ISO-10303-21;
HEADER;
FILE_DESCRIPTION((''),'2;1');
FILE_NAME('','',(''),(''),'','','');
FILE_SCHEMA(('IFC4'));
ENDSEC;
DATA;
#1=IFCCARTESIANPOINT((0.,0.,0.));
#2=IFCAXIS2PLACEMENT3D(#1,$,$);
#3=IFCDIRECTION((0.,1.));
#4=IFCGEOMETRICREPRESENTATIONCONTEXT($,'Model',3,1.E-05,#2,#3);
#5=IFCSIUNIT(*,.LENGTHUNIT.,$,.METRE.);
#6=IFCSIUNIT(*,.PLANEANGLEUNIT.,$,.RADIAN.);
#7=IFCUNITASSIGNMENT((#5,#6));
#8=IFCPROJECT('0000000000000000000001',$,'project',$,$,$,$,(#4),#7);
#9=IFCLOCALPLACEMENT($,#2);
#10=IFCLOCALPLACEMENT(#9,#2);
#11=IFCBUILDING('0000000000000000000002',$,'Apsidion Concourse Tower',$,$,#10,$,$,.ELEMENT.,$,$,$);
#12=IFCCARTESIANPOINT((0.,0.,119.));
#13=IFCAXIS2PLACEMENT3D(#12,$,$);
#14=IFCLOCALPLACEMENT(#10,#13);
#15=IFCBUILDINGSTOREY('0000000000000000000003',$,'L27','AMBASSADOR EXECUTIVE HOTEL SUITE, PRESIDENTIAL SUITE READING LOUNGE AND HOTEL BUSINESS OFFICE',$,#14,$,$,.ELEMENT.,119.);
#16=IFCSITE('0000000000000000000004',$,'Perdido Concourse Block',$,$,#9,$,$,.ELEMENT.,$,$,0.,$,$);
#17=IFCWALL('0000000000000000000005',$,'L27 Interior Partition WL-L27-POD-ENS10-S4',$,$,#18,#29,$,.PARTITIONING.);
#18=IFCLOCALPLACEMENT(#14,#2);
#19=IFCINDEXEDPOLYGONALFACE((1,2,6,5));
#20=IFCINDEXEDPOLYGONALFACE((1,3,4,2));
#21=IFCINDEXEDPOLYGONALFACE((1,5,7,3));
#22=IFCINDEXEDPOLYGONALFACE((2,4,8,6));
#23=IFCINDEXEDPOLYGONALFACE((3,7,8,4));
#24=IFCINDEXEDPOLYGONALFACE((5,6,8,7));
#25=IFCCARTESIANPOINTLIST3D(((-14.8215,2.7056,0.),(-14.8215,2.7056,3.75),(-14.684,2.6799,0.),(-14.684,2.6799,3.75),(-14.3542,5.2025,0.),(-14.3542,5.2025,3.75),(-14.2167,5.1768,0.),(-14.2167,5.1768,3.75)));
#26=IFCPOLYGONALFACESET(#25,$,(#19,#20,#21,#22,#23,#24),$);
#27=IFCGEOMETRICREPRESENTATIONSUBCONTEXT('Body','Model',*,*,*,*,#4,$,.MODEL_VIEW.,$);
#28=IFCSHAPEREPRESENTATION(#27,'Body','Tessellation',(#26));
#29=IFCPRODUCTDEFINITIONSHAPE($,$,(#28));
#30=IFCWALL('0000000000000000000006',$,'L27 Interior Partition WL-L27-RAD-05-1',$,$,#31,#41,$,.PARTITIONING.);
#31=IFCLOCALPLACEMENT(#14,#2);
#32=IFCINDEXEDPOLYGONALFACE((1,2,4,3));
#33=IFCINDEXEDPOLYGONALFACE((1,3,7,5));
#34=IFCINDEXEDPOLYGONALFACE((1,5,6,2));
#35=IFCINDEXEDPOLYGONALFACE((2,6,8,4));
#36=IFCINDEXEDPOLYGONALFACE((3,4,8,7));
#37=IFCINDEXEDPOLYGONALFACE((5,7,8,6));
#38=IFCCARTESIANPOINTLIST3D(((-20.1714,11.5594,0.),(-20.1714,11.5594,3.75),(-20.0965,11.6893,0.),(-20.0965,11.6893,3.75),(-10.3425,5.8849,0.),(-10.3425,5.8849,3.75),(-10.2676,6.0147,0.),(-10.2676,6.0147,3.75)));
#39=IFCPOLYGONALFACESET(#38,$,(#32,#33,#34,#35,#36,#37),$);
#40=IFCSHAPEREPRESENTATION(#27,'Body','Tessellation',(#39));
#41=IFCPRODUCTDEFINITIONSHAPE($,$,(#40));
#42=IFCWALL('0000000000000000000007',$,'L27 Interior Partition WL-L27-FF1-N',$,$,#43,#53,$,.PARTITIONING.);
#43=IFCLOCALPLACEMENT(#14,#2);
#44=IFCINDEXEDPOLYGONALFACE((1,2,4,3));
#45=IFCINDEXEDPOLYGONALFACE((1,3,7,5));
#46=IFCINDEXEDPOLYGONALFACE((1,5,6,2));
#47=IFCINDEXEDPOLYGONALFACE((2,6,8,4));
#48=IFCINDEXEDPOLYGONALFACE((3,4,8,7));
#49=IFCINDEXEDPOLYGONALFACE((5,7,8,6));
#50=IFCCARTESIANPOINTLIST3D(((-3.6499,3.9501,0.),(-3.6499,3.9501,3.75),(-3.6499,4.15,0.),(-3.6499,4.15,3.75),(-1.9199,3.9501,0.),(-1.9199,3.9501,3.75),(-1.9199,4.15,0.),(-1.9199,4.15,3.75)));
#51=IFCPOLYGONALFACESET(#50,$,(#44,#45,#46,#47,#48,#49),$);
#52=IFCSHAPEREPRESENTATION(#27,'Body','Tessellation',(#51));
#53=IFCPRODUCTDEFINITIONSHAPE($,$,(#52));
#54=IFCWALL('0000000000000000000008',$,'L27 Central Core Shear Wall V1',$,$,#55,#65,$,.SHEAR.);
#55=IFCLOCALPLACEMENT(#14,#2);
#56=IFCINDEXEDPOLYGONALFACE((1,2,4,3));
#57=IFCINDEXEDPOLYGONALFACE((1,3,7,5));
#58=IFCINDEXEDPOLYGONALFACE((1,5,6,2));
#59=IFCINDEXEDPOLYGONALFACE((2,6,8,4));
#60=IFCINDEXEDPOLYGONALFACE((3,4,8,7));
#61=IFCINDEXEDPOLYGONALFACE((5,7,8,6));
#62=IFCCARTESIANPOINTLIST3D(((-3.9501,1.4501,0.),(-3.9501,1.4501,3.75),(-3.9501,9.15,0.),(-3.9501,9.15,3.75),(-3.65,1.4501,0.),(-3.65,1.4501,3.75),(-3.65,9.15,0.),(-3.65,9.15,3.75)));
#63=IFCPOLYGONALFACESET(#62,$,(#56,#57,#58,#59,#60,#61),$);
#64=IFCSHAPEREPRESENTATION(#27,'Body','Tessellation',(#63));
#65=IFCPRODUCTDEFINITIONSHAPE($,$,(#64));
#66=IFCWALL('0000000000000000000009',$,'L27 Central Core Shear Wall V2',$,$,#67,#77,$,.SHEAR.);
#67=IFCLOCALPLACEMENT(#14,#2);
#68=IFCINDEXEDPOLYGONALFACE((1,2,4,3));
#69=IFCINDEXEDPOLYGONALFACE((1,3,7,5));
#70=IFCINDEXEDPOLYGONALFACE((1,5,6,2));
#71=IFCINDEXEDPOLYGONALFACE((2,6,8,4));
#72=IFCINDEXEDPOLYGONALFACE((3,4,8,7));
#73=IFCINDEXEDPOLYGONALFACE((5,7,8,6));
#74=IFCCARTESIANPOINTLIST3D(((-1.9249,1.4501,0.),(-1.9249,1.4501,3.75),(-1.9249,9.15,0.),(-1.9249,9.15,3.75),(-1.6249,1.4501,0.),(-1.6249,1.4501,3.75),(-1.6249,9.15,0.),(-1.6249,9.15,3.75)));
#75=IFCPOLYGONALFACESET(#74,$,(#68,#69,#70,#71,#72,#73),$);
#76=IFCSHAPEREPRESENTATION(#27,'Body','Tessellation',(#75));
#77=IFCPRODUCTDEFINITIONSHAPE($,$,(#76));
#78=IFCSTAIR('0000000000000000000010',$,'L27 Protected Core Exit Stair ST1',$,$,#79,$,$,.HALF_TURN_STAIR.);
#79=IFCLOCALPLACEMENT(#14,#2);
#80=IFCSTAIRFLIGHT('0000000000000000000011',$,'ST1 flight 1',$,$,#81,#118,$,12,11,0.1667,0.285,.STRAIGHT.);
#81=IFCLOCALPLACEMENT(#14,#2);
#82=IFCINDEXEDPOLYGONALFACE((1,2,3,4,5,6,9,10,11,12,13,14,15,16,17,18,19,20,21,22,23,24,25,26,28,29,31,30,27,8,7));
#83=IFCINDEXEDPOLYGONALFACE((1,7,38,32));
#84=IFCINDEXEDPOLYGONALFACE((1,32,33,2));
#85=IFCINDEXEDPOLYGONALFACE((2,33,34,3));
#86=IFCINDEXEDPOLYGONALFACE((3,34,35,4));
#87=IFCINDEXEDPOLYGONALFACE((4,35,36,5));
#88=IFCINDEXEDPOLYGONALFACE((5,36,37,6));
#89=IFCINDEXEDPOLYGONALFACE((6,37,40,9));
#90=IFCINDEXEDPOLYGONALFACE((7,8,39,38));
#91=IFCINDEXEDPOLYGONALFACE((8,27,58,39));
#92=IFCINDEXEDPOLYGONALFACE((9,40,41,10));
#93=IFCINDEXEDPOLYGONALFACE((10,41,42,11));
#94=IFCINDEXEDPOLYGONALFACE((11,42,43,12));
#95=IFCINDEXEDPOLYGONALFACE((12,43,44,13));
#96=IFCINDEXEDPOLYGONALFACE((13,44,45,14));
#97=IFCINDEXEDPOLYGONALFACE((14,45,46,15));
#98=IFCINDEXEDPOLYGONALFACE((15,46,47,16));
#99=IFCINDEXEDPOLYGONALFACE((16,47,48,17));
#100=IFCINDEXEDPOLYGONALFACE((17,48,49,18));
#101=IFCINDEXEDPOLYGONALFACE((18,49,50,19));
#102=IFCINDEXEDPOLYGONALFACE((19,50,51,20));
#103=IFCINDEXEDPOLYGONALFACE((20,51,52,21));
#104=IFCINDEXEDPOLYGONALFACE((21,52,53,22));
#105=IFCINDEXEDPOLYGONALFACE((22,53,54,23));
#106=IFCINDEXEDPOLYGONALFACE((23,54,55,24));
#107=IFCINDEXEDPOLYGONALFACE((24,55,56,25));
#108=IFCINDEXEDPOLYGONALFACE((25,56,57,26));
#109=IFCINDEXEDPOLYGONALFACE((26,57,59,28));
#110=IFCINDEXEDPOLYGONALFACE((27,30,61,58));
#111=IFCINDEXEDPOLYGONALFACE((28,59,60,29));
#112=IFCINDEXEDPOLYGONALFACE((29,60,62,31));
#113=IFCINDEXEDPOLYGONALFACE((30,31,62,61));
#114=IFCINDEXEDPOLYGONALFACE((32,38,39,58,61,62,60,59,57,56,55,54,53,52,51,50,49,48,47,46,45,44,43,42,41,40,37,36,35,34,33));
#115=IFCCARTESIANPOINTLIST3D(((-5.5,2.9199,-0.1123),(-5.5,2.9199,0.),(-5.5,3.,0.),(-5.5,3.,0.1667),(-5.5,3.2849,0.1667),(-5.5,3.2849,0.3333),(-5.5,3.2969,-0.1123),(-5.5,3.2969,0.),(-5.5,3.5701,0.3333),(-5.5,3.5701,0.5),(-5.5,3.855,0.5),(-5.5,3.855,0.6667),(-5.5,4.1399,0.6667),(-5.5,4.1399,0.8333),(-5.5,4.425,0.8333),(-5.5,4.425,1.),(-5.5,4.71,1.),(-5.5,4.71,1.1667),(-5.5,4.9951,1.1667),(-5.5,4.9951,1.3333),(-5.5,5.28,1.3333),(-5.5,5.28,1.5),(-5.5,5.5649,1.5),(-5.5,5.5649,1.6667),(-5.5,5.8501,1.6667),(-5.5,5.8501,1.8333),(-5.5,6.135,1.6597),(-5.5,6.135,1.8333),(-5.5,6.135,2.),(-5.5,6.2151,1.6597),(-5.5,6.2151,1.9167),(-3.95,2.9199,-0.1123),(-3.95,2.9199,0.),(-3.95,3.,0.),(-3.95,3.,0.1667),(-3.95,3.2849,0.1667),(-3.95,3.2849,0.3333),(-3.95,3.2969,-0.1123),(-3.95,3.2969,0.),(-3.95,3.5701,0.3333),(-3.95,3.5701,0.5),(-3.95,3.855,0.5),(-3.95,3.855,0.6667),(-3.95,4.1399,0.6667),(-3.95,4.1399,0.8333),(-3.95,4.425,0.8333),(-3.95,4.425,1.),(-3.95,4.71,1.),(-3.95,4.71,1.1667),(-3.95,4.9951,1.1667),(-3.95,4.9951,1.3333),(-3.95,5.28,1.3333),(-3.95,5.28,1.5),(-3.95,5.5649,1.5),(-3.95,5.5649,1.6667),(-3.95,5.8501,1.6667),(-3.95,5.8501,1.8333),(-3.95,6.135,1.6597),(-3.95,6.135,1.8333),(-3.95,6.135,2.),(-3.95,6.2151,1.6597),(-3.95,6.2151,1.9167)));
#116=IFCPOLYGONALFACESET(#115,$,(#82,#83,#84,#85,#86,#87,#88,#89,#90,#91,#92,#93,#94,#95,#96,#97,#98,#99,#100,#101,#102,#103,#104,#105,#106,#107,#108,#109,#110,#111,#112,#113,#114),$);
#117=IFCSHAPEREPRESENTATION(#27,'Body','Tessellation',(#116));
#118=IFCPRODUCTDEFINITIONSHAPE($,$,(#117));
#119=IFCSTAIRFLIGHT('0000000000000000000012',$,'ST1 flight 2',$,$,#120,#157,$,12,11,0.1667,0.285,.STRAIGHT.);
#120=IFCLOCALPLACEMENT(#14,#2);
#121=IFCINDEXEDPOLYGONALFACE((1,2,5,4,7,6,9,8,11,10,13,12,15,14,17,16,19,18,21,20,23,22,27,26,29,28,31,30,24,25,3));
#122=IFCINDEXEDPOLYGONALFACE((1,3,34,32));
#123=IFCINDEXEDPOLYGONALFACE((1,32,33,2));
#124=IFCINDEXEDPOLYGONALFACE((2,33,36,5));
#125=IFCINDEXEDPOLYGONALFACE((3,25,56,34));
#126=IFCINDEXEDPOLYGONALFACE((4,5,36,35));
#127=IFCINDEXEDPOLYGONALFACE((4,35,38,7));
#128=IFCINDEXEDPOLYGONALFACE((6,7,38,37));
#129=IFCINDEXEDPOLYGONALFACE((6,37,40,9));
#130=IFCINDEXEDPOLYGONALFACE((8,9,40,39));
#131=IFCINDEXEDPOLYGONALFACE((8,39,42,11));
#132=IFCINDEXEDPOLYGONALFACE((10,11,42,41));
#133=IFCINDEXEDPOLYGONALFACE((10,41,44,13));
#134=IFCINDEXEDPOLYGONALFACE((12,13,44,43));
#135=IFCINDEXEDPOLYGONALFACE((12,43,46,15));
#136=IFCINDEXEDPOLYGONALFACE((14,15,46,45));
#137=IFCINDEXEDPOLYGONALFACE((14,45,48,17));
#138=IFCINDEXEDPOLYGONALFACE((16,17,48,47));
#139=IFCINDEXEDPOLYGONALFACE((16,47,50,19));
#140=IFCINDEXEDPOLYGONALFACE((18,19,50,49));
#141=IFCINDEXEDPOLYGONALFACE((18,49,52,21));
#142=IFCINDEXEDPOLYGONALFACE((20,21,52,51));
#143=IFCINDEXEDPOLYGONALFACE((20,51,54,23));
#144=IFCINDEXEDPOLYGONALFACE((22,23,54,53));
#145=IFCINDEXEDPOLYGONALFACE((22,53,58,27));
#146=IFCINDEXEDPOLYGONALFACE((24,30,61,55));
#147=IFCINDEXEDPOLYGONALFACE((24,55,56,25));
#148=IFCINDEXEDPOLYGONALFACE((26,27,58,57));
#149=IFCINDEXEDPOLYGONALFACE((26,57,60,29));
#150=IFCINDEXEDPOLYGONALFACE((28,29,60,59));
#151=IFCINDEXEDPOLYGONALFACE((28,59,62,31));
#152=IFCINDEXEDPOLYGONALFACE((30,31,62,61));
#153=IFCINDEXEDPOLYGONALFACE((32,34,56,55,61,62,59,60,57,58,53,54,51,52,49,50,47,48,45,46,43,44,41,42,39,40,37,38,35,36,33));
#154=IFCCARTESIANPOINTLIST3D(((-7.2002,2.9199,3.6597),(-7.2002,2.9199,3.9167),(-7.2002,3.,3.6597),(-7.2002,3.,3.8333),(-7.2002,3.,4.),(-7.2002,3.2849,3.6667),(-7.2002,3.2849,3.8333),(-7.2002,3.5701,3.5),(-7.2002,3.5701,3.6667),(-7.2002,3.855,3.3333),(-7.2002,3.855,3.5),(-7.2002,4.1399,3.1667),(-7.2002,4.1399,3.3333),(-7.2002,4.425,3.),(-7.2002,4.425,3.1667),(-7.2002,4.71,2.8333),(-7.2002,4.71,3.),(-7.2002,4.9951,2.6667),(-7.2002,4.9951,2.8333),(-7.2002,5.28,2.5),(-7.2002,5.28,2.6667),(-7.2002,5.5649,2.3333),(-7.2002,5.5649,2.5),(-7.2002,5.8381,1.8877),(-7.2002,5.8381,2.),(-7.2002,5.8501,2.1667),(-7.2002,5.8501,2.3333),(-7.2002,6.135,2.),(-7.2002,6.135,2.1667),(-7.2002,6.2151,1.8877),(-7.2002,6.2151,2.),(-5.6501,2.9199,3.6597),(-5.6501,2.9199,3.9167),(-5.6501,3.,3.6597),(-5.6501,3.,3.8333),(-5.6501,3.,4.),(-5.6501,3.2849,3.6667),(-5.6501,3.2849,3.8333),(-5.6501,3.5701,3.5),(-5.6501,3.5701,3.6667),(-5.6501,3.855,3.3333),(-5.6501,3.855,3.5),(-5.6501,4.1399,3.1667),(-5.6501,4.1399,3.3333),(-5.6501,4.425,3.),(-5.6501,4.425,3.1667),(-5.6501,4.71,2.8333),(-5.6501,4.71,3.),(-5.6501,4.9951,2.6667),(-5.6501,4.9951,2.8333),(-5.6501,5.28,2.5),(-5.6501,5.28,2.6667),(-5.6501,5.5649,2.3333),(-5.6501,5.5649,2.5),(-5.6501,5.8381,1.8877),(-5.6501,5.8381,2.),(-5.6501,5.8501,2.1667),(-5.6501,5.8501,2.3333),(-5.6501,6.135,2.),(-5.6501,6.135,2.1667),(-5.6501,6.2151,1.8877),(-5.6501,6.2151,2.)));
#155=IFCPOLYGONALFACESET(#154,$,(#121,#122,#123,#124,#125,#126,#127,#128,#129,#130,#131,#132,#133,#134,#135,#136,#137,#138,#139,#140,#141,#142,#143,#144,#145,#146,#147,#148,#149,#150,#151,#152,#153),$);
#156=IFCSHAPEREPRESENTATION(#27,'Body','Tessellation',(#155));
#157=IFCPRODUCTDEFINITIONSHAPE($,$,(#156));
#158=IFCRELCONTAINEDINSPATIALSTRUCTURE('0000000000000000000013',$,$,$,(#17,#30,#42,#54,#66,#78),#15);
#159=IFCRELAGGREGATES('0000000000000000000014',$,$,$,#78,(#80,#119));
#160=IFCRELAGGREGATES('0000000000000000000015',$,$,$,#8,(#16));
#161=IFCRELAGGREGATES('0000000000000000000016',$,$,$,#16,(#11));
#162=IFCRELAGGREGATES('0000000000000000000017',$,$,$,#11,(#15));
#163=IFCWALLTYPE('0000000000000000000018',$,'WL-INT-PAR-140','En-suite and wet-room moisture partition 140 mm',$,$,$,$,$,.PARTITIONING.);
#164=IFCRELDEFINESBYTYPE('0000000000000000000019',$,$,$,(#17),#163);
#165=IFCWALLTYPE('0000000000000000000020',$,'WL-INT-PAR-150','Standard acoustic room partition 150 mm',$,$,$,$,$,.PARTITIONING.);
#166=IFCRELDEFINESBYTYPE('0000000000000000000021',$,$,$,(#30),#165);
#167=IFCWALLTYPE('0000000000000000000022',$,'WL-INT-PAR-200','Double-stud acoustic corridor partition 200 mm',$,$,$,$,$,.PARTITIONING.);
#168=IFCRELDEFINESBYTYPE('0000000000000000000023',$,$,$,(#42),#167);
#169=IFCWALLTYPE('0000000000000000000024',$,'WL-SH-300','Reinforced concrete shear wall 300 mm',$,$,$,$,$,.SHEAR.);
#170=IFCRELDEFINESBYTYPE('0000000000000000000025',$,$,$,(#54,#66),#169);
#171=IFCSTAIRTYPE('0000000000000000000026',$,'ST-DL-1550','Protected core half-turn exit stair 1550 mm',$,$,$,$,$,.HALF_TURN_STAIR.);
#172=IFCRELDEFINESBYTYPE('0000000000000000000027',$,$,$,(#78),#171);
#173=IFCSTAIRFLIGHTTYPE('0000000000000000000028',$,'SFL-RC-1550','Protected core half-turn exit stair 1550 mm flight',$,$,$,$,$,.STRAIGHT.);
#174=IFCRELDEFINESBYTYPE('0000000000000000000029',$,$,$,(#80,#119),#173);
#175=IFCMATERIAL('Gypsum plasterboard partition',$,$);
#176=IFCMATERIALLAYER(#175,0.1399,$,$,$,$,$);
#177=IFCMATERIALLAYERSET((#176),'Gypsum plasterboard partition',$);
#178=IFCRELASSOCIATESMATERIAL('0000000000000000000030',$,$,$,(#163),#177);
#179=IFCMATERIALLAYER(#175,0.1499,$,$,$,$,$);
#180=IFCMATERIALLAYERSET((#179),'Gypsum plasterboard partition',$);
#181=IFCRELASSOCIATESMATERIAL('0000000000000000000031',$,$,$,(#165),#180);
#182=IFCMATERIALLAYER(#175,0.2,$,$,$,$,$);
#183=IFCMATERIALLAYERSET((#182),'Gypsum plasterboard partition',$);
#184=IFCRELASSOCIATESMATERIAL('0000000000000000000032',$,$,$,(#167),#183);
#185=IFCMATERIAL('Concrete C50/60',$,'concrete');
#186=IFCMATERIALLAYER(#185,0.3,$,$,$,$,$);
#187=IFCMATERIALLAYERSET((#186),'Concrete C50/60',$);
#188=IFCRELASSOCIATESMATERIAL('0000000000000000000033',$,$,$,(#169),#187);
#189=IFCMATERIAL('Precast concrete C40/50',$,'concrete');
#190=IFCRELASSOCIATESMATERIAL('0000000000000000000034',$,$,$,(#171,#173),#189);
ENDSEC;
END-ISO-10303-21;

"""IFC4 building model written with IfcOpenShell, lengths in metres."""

from ifc_helpers import new_model, si_unit, direction, frame, frame_2d, origin, place, context, subcontext, project, spatial, polyline, rectangle, outline, extrude, material, layer, layer_set, type_object, element, aggregate, save


model = new_model("IFC4")

# Units and contexts
model_context = context("Model", 3, precision=1e-05, world=origin(), true_north=direction((0.0, 1.0)))
body_context = subcontext(model_context, "Body", "Model", "MODEL_VIEW")
ifc_project = project(units=[si_unit("LENGTHUNIT", "METRE"), si_unit("PLANEANGLEUNIT", "RADIAN")], contexts=[model_context])

# Site, building, storey
site_placement = place(None, origin())
site = spatial("IfcSite", under=ifc_project, at=site_placement, Name="Perdido Concourse Block", CompositionType="ELEMENT", RefElevation=0.0)
building_placement = place(site_placement, origin())
building = spatial("IfcBuilding", under=site, at=building_placement, Name="Apsidion Concourse Tower", CompositionType="ELEMENT")
storey_placement = place(building_placement, frame((0.0, 0.0, 119.0)))
storey = spatial("IfcBuildingStorey", under=building, at=storey_placement, Name="L27", Description="AMBASSADOR EXECUTIVE HOTEL SUITE, PRESIDENTIAL SUITE READING LOUNGE AND HOTEL BUSINESS OFFICE", CompositionType="ELEMENT", Elevation=119.0)

# Shared definitions
ifc_material_1 = material(Name="Concrete C50/60", Category="concrete")

# Shared definitions
ifc_material_2 = material(Name="Gypsum plasterboard partition")
ifc_layer_1 = layer(ifc_material_2, 0.1399)
ifc_layer_set_1 = layer_set([ifc_layer_1], Name="Gypsum plasterboard partition")
wall_type_1 = type_object("IfcWallType", Name="WL-INT-PAR-140", Description="En-suite and wet-room moisture partition 140 mm", PredefinedType="PARTITIONING", material=ifc_layer_set_1)

# Walls
wall_1_placement = place(storey_placement, frame((-14.7527, 2.6929, 0.0), z_axis=(0.0, 0.0, 1.0), x_axis=(0.183958, 0.982934, 0.0)))
element("IfcWall", 1, at=wall_1_placement, inside=storey, type_object=wall_type_1, Name="L27 Interior Partition WL-L27-POD-ENS10-S4", PredefinedType="PARTITIONING", context=body_context, shape_type="SweptSolid", body=[
    extrude(rectangle(XDim=2.5403, YDim=0.1399, at=frame_2d((1.27, 0.0))), origin(), (0.0, 0.0, 1.0), 3.75),
])
ifc_layer_2 = layer(ifc_material_2, 0.1499)
ifc_layer_set_2 = layer_set([ifc_layer_2], Name="Gypsum plasterboard partition")
wall_type_2 = type_object("IfcWallType", Name="WL-INT-PAR-150", Description="Standard acoustic room partition 150 mm", PredefinedType="PARTITIONING", material=ifc_layer_set_2)
wall_2_placement = place(storey_placement, frame((-10.3049, 5.9497, 0.0), z_axis=(0.0, 0.0, 1.0), x_axis=(-0.86603, 0.499991, 0.0)))
element("IfcWall", 2, at=wall_2_placement, inside=storey, type_object=wall_type_2, Name="L27 Interior Partition WL-L27-RAD-05-1", PredefinedType="PARTITIONING", context=body_context, shape_type="SweptSolid", body=[
    extrude(rectangle(XDim=11.3494, YDim=0.1499, at=frame_2d((5.6748, 0.0))), origin(), (0.0, 0.0, 1.0), 3.75),
])
ifc_layer_3 = layer(ifc_material_2, 0.2)
ifc_layer_set_3 = layer_set([ifc_layer_3], Name="Gypsum plasterboard partition")
wall_type_3 = type_object("IfcWallType", Name="WL-INT-PAR-200", Description="Double-stud acoustic corridor partition 200 mm", PredefinedType="PARTITIONING", material=ifc_layer_set_3)
wall_3_placement = place(storey_placement, frame((-3.6499, 4.05, 0.0), z_axis=(0.0, 0.0, 1.0), x_axis=(1.0, 0.0, 0.0)))
element("IfcWall", 3, at=wall_3_placement, inside=storey, type_object=wall_type_3, Name="L27 Interior Partition WL-L27-FF1-N", PredefinedType="PARTITIONING", context=body_context, shape_type="SweptSolid", body=[
    extrude(rectangle(XDim=1.73, YDim=0.2, at=frame_2d((0.865, 0.0))), origin(), (0.0, 0.0, 1.0), 3.75),
])
ifc_layer_4 = layer(ifc_material_1, 0.3)
ifc_layer_set_4 = layer_set([ifc_layer_4], Name="Concrete C50/60")
wall_type_4 = type_object("IfcWallType", Name="WL-SH-300", Description="Reinforced concrete shear wall 300 mm", PredefinedType="SHEAR", material=ifc_layer_set_4)
for number, where, z_axis, x_axis, name in (
    (4, (-3.8, 1.45, 0.0), (0.0, 0.0, 1.0), (0.0, 1.0, 0.0), "L27 Central Core Shear Wall V1"),
    (5, (-1.7749, 1.45, 0.0), (0.0, 0.0, 1.0), (0.0, 1.0, 0.0), "L27 Central Core Shear Wall V2"),
):
    element("IfcWall", number, at=place(storey_placement, frame(where, z_axis=z_axis, x_axis=x_axis)), inside=storey, type_object=wall_type_4, Name=name, PredefinedType="SHEAR", context=body_context, shape_type="SweptSolid", body=[
        extrude(rectangle(XDim=7.7, YDim=0.3, at=frame_2d((3.8501, 0.0))), origin(), (0.0, 0.0, 1.0), 3.75),
    ])

# Stair, stair flights
ifc_material_3 = material(Name="Precast concrete C40/50", Category="concrete")
stair_type = type_object("IfcStairType", Name="ST-DL-1550", Description="Protected core half-turn exit stair 1550 mm", PredefinedType="HALF_TURN_STAIR", material=ifc_material_3)
stair_placement = place(storey_placement, origin())
stair = element("IfcStair", 6, at=stair_placement, inside=storey, type_object=stair_type, Name="L27 Protected Core Exit Stair ST1", PredefinedType="HALF_TURN_STAIR")
stair_flight_type = type_object("IfcStairFlightType", Name="SFL-RC-1550", Description="Protected core half-turn exit stair 1550 mm flight", PredefinedType="STRAIGHT", material=ifc_material_3)
stair_flight_1_placement = place(storey_placement, frame((-4.7251, 3.0, 0.0), z_axis=(0.0, 0.0, 1.0), x_axis=(0.0, 1.0, 0.0)))
stair_flight_1 = element("IfcStairFlight", 7, at=stair_flight_1_placement, type_object=stair_flight_type, Name="ST1 flight 1", NumberOfRisers=12, NumberOfTreads=11, PredefinedType="STRAIGHT", RiserHeight=0.1667, TreadLength=0.285, context=body_context, shape_type="SweptSolid", body=[
    extrude(outline(polyline([(-0.0801, -0.1123), (-0.0801, 0.0), (0.0, 0.0), (0.0, 0.1667), (0.2849, 0.1667), (0.2849, 0.3333), (0.5701, 0.3333), (0.5701, 0.5), (0.855, 0.5), (0.855, 0.6667), (1.1399, 0.6667), (1.1399, 0.8333), (1.425, 0.8333), (1.425, 1.0), (1.71, 1.0), (1.71, 1.1667), (1.9951, 1.1667), (1.9951, 1.3333), (2.28, 1.3333), (2.28, 1.5), (2.5649, 1.5), (2.5649, 1.6667), (2.8501, 1.6667), (2.8501, 1.8333), (3.135, 1.8333), (3.135, 2.0), (3.2151, 1.9167), (3.2151, 1.6597), (3.135, 1.6597), (0.2969, 0.0), (0.2969, -0.1123), (-0.0801, -0.1123)])), frame((0.0, 0.7749, 0.0), z_axis=(0.0, -1.0, 0.0), x_axis=(1.0, 0.0, 0.0)), (0.0, 0.0, 1.0), 1.55),
])
stair_flight_2_placement = place(storey_placement, frame((-6.425, 6.135, 2.0), z_axis=(0.0, 0.0, 1.0), x_axis=(0.0, -1.0, 0.0)))
stair_flight_2 = element("IfcStairFlight", 8, at=stair_flight_2_placement, type_object=stair_flight_type, Name="ST1 flight 2", NumberOfRisers=12, NumberOfTreads=11, PredefinedType="STRAIGHT", RiserHeight=0.1667, TreadLength=0.285, context=body_context, shape_type="SweptSolid", body=[
    extrude(outline(polyline([(-0.0801, -0.1123), (-0.0801, 0.0), (0.0, 0.0), (0.0, 0.1667), (0.2849, 0.1667), (0.2849, 0.3333), (0.5701, 0.3333), (0.5701, 0.5), (0.855, 0.5), (0.855, 0.6667), (1.1399, 0.6667), (1.1399, 0.8333), (1.425, 0.8333), (1.425, 1.0), (1.71, 1.0), (1.71, 1.1667), (1.9951, 1.1667), (1.9951, 1.3333), (2.28, 1.3333), (2.28, 1.5), (2.5649, 1.5), (2.5649, 1.6667), (2.8501, 1.6667), (2.8501, 1.8333), (3.135, 1.8333), (3.135, 2.0), (3.2151, 1.9167), (3.2151, 1.6597), (3.135, 1.6597), (0.2969, 0.0), (0.2969, -0.1123), (-0.0801, -0.1123)])), frame((0.0, 0.7749, 0.0), z_axis=(0.0, -1.0, 0.0), x_axis=(1.0, 0.0, 0.0)), (0.0, 0.0, 1.0), 1.55),
])
aggregate(stair, [stair_flight_1, stair_flight_2])

save(model, "model.ifc")
